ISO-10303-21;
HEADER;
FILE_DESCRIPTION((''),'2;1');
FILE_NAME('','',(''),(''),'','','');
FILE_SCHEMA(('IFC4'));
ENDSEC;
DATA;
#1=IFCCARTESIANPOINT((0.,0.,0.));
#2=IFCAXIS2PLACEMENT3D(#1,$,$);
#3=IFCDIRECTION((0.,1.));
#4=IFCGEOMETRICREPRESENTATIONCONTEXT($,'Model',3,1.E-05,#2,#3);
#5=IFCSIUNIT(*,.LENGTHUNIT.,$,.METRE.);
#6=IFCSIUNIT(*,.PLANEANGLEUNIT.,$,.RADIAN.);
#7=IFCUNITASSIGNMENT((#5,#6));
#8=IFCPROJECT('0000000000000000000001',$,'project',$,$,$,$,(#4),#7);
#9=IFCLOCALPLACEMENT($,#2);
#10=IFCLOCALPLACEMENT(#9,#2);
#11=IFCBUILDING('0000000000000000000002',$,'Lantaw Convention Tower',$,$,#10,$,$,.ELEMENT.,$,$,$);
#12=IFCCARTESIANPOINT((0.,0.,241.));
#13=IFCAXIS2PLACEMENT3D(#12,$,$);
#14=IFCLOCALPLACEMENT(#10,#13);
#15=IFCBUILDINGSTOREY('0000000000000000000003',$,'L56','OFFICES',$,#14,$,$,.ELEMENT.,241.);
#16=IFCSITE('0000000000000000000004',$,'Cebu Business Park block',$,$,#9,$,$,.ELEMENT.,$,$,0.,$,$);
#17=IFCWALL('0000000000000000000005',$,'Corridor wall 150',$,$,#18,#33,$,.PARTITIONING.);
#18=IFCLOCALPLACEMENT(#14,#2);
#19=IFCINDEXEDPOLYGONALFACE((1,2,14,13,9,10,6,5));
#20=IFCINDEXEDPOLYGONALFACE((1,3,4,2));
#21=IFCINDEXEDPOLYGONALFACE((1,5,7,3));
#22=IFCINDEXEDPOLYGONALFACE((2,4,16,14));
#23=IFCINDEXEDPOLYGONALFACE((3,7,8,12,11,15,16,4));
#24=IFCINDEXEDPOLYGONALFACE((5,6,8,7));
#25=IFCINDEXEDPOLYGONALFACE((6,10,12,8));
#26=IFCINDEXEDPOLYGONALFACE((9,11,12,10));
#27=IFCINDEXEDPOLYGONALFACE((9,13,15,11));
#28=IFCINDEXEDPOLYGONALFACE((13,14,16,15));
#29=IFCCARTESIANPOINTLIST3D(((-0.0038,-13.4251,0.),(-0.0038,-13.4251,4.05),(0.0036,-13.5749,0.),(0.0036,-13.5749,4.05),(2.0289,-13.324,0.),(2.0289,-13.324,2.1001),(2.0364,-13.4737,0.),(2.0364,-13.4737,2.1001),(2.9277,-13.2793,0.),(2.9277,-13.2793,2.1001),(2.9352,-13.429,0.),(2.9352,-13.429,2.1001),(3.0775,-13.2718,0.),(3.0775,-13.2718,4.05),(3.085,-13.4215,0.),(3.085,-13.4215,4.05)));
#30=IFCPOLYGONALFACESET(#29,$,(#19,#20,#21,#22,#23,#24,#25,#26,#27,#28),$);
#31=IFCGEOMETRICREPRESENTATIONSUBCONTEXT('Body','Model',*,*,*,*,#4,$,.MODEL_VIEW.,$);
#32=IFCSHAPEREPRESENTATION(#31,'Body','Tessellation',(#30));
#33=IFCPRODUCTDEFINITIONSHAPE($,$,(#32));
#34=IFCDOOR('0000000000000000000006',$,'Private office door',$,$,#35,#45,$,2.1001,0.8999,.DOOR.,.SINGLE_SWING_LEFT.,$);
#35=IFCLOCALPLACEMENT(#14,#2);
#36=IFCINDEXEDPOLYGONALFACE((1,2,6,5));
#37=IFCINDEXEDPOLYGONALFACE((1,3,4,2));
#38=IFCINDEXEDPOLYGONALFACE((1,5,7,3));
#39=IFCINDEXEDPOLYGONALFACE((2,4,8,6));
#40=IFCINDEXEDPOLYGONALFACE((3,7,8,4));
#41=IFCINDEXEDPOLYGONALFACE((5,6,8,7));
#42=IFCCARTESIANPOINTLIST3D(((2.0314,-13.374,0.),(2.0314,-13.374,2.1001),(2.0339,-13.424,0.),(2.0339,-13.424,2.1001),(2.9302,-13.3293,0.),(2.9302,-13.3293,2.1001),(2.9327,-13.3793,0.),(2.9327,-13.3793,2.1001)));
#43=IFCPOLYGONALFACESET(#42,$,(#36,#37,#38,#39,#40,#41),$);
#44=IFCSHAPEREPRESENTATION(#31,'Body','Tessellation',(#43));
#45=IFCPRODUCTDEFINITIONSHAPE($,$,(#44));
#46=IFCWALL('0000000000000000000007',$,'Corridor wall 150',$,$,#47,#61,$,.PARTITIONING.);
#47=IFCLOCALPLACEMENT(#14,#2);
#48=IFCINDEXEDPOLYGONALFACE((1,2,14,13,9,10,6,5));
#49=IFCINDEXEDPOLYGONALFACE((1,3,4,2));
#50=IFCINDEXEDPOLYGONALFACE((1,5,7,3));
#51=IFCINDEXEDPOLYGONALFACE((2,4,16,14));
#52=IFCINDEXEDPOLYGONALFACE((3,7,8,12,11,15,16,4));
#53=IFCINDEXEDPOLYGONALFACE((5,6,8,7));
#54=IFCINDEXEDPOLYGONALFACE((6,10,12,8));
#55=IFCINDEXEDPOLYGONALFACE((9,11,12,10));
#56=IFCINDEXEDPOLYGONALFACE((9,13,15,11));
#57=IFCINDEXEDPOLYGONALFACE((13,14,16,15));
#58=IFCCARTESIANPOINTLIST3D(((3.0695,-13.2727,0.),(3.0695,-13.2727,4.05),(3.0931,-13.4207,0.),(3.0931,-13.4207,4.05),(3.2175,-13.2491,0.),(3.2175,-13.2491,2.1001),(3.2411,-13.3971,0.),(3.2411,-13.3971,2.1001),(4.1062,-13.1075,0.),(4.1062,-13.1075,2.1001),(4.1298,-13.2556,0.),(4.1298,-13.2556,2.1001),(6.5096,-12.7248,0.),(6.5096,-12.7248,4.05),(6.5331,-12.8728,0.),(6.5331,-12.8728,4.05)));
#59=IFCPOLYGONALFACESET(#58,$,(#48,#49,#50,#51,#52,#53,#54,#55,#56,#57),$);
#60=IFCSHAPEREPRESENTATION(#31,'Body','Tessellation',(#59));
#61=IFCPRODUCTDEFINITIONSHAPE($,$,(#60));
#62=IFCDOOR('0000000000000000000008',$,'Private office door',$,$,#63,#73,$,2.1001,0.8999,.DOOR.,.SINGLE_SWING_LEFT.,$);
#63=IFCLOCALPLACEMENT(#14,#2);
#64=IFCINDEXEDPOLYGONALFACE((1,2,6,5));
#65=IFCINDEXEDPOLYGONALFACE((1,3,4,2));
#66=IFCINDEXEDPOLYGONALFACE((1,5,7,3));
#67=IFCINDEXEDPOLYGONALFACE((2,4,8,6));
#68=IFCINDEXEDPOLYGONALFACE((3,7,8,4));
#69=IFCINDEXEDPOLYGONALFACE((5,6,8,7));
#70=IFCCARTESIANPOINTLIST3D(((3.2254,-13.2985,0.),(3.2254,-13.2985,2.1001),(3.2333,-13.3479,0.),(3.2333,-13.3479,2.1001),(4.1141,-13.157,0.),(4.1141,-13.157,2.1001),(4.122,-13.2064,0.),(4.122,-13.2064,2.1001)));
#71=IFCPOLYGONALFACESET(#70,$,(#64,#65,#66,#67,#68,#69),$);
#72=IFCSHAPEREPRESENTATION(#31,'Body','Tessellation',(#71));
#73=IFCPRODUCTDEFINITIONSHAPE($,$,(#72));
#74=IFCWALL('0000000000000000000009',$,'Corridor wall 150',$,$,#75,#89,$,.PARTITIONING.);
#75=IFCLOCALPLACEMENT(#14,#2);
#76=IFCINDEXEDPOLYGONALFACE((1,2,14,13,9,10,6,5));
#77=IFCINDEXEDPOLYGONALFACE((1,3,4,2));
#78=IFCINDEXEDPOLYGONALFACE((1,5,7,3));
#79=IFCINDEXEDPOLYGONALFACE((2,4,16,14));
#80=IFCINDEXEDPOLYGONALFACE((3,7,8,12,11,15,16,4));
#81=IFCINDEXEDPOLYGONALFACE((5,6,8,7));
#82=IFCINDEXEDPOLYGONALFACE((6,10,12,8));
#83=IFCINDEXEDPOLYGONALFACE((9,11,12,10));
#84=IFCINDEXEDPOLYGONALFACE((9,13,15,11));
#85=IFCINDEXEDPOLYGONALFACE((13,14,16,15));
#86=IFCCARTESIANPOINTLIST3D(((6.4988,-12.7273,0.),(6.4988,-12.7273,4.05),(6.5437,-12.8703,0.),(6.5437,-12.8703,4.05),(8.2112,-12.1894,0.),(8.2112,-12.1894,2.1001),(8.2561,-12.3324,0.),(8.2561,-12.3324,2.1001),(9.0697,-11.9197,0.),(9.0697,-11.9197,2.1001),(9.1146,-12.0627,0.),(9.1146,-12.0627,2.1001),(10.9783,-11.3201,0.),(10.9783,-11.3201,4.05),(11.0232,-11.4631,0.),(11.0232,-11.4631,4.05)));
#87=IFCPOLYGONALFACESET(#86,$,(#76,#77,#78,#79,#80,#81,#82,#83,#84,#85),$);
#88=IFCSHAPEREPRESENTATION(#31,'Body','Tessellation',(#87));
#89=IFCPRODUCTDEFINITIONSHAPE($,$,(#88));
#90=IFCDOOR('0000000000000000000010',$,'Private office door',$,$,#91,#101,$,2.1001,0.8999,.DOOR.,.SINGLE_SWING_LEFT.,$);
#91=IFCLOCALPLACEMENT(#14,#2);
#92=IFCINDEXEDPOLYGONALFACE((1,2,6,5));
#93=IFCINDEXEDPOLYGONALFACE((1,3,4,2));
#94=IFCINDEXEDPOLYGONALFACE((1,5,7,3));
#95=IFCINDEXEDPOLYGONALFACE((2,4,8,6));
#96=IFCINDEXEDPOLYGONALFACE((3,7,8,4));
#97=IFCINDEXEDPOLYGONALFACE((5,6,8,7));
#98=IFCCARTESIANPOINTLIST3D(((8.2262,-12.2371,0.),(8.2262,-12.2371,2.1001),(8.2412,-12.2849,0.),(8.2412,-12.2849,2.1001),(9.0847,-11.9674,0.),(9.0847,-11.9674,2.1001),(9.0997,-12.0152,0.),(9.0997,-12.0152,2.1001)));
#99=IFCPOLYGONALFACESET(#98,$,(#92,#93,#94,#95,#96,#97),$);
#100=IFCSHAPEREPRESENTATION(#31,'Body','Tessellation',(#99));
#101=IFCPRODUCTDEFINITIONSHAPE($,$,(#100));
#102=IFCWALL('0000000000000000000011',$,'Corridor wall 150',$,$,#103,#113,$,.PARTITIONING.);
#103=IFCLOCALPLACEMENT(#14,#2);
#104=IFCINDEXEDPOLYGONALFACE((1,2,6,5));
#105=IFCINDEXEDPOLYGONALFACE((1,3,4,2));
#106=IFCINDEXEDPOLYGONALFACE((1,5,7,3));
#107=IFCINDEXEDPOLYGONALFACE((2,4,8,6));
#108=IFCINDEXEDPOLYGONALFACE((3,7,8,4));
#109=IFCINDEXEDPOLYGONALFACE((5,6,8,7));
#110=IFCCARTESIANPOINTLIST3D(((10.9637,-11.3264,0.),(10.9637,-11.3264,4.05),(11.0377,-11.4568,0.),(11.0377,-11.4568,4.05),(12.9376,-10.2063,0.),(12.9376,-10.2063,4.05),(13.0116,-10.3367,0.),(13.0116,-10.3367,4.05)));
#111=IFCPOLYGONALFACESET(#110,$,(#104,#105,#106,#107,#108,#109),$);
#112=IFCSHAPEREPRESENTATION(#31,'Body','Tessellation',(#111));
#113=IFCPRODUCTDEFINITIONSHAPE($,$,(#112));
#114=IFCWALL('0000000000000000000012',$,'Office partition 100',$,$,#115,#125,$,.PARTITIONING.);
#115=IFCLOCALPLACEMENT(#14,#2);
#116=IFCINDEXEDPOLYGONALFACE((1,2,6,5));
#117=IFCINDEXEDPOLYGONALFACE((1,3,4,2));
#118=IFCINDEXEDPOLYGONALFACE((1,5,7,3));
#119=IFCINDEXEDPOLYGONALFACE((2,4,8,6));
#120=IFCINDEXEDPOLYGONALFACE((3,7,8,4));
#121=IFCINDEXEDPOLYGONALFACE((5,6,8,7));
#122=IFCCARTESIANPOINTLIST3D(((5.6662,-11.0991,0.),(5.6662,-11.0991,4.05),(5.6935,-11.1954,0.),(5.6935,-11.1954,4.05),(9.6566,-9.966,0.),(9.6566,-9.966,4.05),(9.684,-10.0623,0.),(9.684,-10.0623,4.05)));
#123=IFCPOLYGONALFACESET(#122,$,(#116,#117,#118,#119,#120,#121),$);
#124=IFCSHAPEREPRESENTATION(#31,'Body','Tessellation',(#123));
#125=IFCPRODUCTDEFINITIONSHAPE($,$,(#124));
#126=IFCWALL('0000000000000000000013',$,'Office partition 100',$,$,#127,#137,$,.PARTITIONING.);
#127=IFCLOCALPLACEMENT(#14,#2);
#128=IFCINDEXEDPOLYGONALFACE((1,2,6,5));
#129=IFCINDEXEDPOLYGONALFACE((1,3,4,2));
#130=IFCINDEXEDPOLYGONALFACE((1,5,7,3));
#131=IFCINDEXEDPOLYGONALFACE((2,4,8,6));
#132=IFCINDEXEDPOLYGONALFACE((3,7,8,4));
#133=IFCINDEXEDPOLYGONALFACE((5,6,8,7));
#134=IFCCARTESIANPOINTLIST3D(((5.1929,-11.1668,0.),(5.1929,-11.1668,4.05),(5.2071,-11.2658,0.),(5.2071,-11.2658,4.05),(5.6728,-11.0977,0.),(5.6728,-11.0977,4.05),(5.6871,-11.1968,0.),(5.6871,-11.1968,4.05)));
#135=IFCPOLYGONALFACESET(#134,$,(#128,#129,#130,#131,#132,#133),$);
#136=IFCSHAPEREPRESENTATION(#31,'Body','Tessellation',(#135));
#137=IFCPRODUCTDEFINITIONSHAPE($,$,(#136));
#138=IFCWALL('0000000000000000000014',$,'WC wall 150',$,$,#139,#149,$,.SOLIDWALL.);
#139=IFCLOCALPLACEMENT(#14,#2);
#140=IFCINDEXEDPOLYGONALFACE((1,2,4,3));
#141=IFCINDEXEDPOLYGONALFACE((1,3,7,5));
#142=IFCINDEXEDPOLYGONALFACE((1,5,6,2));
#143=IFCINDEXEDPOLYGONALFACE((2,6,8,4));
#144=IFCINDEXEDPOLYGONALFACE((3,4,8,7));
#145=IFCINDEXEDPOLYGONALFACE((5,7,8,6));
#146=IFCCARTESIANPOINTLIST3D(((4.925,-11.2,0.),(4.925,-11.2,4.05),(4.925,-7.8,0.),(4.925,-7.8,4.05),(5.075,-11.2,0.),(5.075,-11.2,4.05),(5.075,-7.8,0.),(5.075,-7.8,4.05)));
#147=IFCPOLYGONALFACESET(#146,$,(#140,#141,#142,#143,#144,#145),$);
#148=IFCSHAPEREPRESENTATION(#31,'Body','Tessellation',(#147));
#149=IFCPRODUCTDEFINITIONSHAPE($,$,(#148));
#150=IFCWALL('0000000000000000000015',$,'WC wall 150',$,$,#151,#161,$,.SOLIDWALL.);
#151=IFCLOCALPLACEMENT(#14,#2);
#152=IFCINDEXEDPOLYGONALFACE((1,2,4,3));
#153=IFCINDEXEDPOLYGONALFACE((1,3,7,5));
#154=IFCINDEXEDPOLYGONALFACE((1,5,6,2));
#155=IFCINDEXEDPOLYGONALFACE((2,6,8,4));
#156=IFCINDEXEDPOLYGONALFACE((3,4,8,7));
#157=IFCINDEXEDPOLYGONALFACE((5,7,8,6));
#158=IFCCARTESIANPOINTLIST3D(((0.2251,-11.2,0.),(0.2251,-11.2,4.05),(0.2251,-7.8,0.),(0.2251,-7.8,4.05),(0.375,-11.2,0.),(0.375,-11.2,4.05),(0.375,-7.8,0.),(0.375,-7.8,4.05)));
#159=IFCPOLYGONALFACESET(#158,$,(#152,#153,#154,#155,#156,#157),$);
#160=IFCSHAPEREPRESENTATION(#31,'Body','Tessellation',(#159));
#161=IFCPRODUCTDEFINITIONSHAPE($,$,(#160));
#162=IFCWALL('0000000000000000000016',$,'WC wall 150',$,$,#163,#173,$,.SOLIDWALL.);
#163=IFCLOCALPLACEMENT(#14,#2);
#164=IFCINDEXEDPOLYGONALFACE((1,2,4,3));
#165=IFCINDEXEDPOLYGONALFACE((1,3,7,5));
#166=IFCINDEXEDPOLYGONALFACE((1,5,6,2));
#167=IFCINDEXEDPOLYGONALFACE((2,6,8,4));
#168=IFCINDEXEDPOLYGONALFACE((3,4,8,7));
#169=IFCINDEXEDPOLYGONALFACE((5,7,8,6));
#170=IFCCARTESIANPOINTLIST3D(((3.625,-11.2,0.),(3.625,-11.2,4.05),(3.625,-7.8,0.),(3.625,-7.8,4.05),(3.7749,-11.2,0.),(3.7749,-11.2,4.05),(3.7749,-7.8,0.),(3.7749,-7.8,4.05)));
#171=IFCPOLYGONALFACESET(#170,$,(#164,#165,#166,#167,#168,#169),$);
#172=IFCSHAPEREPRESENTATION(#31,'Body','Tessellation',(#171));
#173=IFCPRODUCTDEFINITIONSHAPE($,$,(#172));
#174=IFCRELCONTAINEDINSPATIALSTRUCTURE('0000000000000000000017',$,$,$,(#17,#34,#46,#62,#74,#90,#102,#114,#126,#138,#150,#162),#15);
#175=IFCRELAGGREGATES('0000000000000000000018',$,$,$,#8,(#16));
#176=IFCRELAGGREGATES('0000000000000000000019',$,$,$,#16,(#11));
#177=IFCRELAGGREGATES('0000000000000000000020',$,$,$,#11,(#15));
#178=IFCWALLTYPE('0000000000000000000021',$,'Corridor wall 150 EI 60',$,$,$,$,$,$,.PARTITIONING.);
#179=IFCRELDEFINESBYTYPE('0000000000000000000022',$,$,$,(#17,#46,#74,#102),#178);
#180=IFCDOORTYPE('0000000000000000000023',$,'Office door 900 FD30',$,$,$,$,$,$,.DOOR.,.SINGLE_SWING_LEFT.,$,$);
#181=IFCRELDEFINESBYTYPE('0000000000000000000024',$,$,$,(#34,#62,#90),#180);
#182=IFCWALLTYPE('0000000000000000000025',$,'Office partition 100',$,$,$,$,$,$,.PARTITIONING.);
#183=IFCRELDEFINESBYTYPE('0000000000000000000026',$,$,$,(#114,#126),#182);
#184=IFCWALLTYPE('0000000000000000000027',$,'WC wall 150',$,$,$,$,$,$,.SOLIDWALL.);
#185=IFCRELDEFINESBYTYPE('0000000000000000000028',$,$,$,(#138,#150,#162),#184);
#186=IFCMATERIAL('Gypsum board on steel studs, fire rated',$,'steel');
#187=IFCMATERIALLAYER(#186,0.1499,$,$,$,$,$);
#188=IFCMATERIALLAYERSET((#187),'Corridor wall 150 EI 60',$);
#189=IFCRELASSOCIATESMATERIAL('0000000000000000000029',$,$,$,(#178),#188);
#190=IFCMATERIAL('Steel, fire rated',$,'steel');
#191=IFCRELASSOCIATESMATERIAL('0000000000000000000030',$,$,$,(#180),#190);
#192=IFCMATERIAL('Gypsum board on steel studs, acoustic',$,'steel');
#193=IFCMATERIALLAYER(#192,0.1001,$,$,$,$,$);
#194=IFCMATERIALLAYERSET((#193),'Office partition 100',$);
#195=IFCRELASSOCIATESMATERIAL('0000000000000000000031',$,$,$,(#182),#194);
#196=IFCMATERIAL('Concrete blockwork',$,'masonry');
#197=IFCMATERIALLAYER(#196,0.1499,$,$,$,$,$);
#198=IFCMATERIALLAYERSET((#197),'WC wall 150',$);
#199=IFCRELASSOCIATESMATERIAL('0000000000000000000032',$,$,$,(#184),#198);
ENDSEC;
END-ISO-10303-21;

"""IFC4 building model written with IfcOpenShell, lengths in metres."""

from ifc_helpers import new_model, si_unit, direction, frame, frame_2d, origin, place, context, subcontext, project, spatial, rectangle, extrude, material, layer, layer_set, type_object, element, fill, save


model = new_model("IFC4")

# Units and contexts
model_context = context("Model", 3, precision=1e-05, world=origin(), true_north=direction((0.0, 1.0)))
body_context = subcontext(model_context, "Body", "Model", "MODEL_VIEW")
ifc_project = project(units=[si_unit("LENGTHUNIT", "METRE"), si_unit("PLANEANGLEUNIT", "RADIAN")], contexts=[model_context])

# Site, building, storey
site_placement = place(None, origin())
site = spatial("IfcSite", under=ifc_project, at=site_placement, Name="Cebu Business Park block", CompositionType="ELEMENT", RefElevation=0.0)
building_placement = place(site_placement, origin())
building = spatial("IfcBuilding", under=site, at=building_placement, Name="Lantaw Convention Tower", CompositionType="ELEMENT")
storey_placement = place(building_placement, frame((0.0, 0.0, 241.0)))
storey = spatial("IfcBuildingStorey", under=building, at=storey_placement, Name="L56", Description="OFFICES", CompositionType="ELEMENT", Elevation=241.0)

# Walls, openings, doors
ifc_material_1 = material(Name="Steel, fire rated", Category="steel")
ifc_material_2 = material(Name="Gypsum board on steel studs, fire rated", Category="steel")
ifc_layer_1 = layer(ifc_material_2, 0.1499)
ifc_layer_set_1 = layer_set([ifc_layer_1], Name="Corridor wall 150 EI 60")
wall_type_1 = type_object("IfcWallType", Name="Corridor wall 150 EI 60", PredefinedType="PARTITIONING", material=ifc_layer_set_1)
wall_1_placement = place(storey_placement, frame((0.0, -13.5, 0.0), z_axis=(0.0, 0.0, 1.0), x_axis=(0.998764, 0.049697, 0.0)))
wall_1 = element("IfcWall", 1, at=wall_1_placement, inside=storey, type_object=wall_type_1, Name="Corridor wall 150", PredefinedType="PARTITIONING", context=body_context, shape_type="SweptSolid", body=[
    extrude(rectangle(XDim=3.0852, YDim=0.1499, at=frame_2d((1.5425, 0.0))), origin(), (0.0, 0.0, 1.0), 4.05),
])
opening_1_placement = place(wall_1_placement, frame((2.0352, 0.0, 0.0)))
opening_1 = element("IfcOpeningElement", 2, at=opening_1_placement, cuts=wall_1, PredefinedType="OPENING", context=body_context, shape_type="SweptSolid", body=[
    extrude(rectangle(XDim=0.8999, YDim=2.1001, at=frame_2d((0.45, 1.05))), frame((0.0, 0.085, 0.0), z_axis=(0.0, -1.0, 0.0), x_axis=(1.0, 0.0, 0.0)), (0.0, 0.0, 1.0), 0.1699),
])
door_type_1 = type_object("IfcDoorType", Name="Office door 900 FD30", OperationType="SINGLE_SWING_LEFT", PredefinedType="DOOR", material=ifc_material_1)
door_1_placement = place(opening_1_placement, origin())
door_1 = element("IfcDoor", 3, at=door_1_placement, inside=storey, type_object=door_type_1, Name="Private office door", OperationType="SINGLE_SWING_LEFT", OverallHeight=2.1001, OverallWidth=0.8999, PredefinedType="DOOR", context=body_context, shape_type="SweptSolid", body=[
    extrude(rectangle(XDim=0.8999, YDim=2.1001, at=frame_2d((0.45, 1.05))), frame((0.0, 0.0249, 0.0), z_axis=(0.0, -1.0, 0.0), x_axis=(1.0, 0.0, 0.0)), (0.0, 0.0, 1.0), 0.05),
])
fill(opening_1, door_1)
wall_2_placement = place(storey_placement, frame((3.0813, -13.3467, 0.0), z_axis=(0.0, 0.0, 1.0), x_axis=(0.987554, 0.15728, 0.0)))
wall_2 = element("IfcWall", 4, at=wall_2_placement, inside=storey, type_object=wall_type_1, Name="Corridor wall 150", PredefinedType="PARTITIONING", context=body_context, shape_type="SweptSolid", body=[
    extrude(rectangle(XDim=3.4834, YDim=0.1499, at=frame_2d((1.7417, 0.0))), origin(), (0.0, 0.0, 1.0), 4.05),
])
opening_2_placement = place(wall_2_placement, frame((0.1499, 0.0, 0.0)))
opening_2 = element("IfcOpeningElement", 5, at=opening_2_placement, cuts=wall_2, PredefinedType="OPENING", context=body_context, shape_type="SweptSolid", body=[
    extrude(rectangle(XDim=0.8999, YDim=2.1001, at=frame_2d((0.45, 1.05))), frame((0.0, 0.085, 0.0), z_axis=(0.0, -1.0, 0.0), x_axis=(1.0, 0.0, 0.0)), (0.0, 0.0, 1.0), 0.1699),
])
door_2_placement = place(opening_2_placement, origin())
door_2 = element("IfcDoor", 6, at=door_2_placement, inside=storey, type_object=door_type_1, Name="Private office door", OperationType="SINGLE_SWING_LEFT", OverallHeight=2.1001, OverallWidth=0.8999, PredefinedType="DOOR", context=body_context, shape_type="SweptSolid", body=[
    extrude(rectangle(XDim=0.8999, YDim=2.1001, at=frame_2d((0.45, 1.05))), frame((0.0, 0.0249, 0.0), z_axis=(0.0, -1.0, 0.0), x_axis=(1.0, 0.0, 0.0)), (0.0, 0.0, 1.0), 0.05),
])
fill(opening_2, door_2)
wall_3_placement = place(storey_placement, frame((6.5212, -12.7988, 0.0), z_axis=(0.0, 0.0, 1.0), x_axis=(0.954031, 0.299708, 0.0)))
wall_3 = element("IfcWall", 7, at=wall_3_placement, inside=storey, type_object=wall_type_1, Name="Corridor wall 150", PredefinedType="PARTITIONING", context=body_context, shape_type="SweptSolid", body=[
    extrude(rectangle(XDim=4.6953, YDim=0.1499, at=frame_2d((2.3477, 0.0))), origin(), (0.0, 0.0, 1.0), 4.05),
])
opening_3_placement = place(wall_3_placement, frame((1.7949, 0.0, 0.0)))
opening_3 = element("IfcOpeningElement", 8, at=opening_3_placement, cuts=wall_3, PredefinedType="OPENING", context=body_context, shape_type="SweptSolid", body=[
    extrude(rectangle(XDim=0.8999, YDim=2.1001, at=frame_2d((0.45, 1.05))), frame((0.0, 0.085, 0.0), z_axis=(0.0, -1.0, 0.0), x_axis=(1.0, 0.0, 0.0)), (0.0, 0.0, 1.0), 0.1699),
])
door_3_placement = place(opening_3_placement, origin())
door_3 = element("IfcDoor", 9, at=door_3_placement, inside=storey, type_object=door_type_1, Name="Private office door", OperationType="SINGLE_SWING_LEFT", OverallHeight=2.1001, OverallWidth=0.8999, PredefinedType="DOOR", context=body_context, shape_type="SweptSolid", body=[
    extrude(rectangle(XDim=0.8999, YDim=2.1001, at=frame_2d((0.45, 1.05))), frame((0.0, 0.0249, 0.0), z_axis=(0.0, -1.0, 0.0), x_axis=(1.0, 0.0, 0.0)), (0.0, 0.0, 1.0), 0.05),
])
fill(opening_3, door_3)

# Walls
wall_4_placement = place(storey_placement, frame((11.0007, -11.3916, 0.0), z_axis=(0.0, 0.0, 1.0), x_axis=(0.869722, 0.493542, 0.0)))
element("IfcWall", 10, at=wall_4_placement, inside=storey, type_object=wall_type_1, Name="Corridor wall 150", PredefinedType="PARTITIONING", context=body_context, shape_type="SweptSolid", body=[
    extrude(rectangle(XDim=2.2695, YDim=0.1499, at=frame_2d((1.1348, 0.0))), origin(), (0.0, 0.0, 1.0), 4.05),
])
ifc_material_3 = material(Name="Gypsum board on steel studs, acoustic", Category="steel")
ifc_layer_2 = layer(ifc_material_3, 0.1001)
ifc_layer_set_2 = layer_set([ifc_layer_2], Name="Office partition 100")
wall_type_2 = type_object("IfcWallType", Name="Office partition 100", PredefinedType="PARTITIONING", material=ifc_layer_set_2)
wall_5_placement = place(storey_placement, frame((9.6704, -10.0142, 0.0), z_axis=(0.0, 0.0, 1.0), x_axis=(-0.961973, -0.273143, 0.0)))
element("IfcWall", 11, at=wall_5_placement, inside=storey, type_object=wall_type_2, Name="Office partition 100", PredefinedType="PARTITIONING", context=body_context, shape_type="SweptSolid", body=[
    extrude(rectangle(XDim=4.1482, YDim=0.1001, at=frame_2d((2.0742, 0.0))), origin(), (0.0, 0.0, 1.0), 4.05),
])
wall_6_placement = place(storey_placement, frame((5.6799, -11.1472, 0.0), z_axis=(0.0, 0.0, 1.0), x_axis=(-0.989798, -0.142479, 0.0)))
element("IfcWall", 12, at=wall_6_placement, inside=storey, type_object=wall_type_2, Name="Office partition 100", PredefinedType="PARTITIONING", context=body_context, shape_type="SweptSolid", body=[
    extrude(rectangle(XDim=0.4849, YDim=0.1001, at=frame_2d((0.2424, 0.0))), origin(), (0.0, 0.0, 1.0), 4.05),
])
ifc_material_4 = material(Name="Concrete blockwork", Category="masonry")
ifc_layer_3 = layer(ifc_material_4, 0.1499)
ifc_layer_set_3 = layer_set([ifc_layer_3], Name="WC wall 150")
wall_type_3 = type_object("IfcWallType", Name="WC wall 150", PredefinedType="SOLIDWALL", material=ifc_layer_set_3)
for number, where, z_axis, x_axis, name in (
    (13, (5.0, -7.8, 0.0), (0.0, 0.0, 1.0), (0.0, -1.0, 0.0), "WC wall 150"),
    (14, (0.3, -7.8, 0.0), (0.0, 0.0, 1.0), (0.0, -1.0, 0.0), "WC wall 150"),
    (15, (3.7, -7.8, 0.0), (0.0, 0.0, 1.0), (0.0, -1.0, 0.0), "WC wall 150"),
):
    element("IfcWall", number, at=place(storey_placement, frame(where, z_axis=z_axis, x_axis=x_axis)), inside=storey, type_object=wall_type_3, Name=name, PredefinedType="SOLIDWALL", context=body_context, shape_type="SweptSolid", body=[
        extrude(rectangle(XDim=3.3999, YDim=0.1499, at=frame_2d((1.7, 0.0))), origin(), (0.0, 0.0, 1.0), 4.05),
    ])

save(model, "model.ifc")
